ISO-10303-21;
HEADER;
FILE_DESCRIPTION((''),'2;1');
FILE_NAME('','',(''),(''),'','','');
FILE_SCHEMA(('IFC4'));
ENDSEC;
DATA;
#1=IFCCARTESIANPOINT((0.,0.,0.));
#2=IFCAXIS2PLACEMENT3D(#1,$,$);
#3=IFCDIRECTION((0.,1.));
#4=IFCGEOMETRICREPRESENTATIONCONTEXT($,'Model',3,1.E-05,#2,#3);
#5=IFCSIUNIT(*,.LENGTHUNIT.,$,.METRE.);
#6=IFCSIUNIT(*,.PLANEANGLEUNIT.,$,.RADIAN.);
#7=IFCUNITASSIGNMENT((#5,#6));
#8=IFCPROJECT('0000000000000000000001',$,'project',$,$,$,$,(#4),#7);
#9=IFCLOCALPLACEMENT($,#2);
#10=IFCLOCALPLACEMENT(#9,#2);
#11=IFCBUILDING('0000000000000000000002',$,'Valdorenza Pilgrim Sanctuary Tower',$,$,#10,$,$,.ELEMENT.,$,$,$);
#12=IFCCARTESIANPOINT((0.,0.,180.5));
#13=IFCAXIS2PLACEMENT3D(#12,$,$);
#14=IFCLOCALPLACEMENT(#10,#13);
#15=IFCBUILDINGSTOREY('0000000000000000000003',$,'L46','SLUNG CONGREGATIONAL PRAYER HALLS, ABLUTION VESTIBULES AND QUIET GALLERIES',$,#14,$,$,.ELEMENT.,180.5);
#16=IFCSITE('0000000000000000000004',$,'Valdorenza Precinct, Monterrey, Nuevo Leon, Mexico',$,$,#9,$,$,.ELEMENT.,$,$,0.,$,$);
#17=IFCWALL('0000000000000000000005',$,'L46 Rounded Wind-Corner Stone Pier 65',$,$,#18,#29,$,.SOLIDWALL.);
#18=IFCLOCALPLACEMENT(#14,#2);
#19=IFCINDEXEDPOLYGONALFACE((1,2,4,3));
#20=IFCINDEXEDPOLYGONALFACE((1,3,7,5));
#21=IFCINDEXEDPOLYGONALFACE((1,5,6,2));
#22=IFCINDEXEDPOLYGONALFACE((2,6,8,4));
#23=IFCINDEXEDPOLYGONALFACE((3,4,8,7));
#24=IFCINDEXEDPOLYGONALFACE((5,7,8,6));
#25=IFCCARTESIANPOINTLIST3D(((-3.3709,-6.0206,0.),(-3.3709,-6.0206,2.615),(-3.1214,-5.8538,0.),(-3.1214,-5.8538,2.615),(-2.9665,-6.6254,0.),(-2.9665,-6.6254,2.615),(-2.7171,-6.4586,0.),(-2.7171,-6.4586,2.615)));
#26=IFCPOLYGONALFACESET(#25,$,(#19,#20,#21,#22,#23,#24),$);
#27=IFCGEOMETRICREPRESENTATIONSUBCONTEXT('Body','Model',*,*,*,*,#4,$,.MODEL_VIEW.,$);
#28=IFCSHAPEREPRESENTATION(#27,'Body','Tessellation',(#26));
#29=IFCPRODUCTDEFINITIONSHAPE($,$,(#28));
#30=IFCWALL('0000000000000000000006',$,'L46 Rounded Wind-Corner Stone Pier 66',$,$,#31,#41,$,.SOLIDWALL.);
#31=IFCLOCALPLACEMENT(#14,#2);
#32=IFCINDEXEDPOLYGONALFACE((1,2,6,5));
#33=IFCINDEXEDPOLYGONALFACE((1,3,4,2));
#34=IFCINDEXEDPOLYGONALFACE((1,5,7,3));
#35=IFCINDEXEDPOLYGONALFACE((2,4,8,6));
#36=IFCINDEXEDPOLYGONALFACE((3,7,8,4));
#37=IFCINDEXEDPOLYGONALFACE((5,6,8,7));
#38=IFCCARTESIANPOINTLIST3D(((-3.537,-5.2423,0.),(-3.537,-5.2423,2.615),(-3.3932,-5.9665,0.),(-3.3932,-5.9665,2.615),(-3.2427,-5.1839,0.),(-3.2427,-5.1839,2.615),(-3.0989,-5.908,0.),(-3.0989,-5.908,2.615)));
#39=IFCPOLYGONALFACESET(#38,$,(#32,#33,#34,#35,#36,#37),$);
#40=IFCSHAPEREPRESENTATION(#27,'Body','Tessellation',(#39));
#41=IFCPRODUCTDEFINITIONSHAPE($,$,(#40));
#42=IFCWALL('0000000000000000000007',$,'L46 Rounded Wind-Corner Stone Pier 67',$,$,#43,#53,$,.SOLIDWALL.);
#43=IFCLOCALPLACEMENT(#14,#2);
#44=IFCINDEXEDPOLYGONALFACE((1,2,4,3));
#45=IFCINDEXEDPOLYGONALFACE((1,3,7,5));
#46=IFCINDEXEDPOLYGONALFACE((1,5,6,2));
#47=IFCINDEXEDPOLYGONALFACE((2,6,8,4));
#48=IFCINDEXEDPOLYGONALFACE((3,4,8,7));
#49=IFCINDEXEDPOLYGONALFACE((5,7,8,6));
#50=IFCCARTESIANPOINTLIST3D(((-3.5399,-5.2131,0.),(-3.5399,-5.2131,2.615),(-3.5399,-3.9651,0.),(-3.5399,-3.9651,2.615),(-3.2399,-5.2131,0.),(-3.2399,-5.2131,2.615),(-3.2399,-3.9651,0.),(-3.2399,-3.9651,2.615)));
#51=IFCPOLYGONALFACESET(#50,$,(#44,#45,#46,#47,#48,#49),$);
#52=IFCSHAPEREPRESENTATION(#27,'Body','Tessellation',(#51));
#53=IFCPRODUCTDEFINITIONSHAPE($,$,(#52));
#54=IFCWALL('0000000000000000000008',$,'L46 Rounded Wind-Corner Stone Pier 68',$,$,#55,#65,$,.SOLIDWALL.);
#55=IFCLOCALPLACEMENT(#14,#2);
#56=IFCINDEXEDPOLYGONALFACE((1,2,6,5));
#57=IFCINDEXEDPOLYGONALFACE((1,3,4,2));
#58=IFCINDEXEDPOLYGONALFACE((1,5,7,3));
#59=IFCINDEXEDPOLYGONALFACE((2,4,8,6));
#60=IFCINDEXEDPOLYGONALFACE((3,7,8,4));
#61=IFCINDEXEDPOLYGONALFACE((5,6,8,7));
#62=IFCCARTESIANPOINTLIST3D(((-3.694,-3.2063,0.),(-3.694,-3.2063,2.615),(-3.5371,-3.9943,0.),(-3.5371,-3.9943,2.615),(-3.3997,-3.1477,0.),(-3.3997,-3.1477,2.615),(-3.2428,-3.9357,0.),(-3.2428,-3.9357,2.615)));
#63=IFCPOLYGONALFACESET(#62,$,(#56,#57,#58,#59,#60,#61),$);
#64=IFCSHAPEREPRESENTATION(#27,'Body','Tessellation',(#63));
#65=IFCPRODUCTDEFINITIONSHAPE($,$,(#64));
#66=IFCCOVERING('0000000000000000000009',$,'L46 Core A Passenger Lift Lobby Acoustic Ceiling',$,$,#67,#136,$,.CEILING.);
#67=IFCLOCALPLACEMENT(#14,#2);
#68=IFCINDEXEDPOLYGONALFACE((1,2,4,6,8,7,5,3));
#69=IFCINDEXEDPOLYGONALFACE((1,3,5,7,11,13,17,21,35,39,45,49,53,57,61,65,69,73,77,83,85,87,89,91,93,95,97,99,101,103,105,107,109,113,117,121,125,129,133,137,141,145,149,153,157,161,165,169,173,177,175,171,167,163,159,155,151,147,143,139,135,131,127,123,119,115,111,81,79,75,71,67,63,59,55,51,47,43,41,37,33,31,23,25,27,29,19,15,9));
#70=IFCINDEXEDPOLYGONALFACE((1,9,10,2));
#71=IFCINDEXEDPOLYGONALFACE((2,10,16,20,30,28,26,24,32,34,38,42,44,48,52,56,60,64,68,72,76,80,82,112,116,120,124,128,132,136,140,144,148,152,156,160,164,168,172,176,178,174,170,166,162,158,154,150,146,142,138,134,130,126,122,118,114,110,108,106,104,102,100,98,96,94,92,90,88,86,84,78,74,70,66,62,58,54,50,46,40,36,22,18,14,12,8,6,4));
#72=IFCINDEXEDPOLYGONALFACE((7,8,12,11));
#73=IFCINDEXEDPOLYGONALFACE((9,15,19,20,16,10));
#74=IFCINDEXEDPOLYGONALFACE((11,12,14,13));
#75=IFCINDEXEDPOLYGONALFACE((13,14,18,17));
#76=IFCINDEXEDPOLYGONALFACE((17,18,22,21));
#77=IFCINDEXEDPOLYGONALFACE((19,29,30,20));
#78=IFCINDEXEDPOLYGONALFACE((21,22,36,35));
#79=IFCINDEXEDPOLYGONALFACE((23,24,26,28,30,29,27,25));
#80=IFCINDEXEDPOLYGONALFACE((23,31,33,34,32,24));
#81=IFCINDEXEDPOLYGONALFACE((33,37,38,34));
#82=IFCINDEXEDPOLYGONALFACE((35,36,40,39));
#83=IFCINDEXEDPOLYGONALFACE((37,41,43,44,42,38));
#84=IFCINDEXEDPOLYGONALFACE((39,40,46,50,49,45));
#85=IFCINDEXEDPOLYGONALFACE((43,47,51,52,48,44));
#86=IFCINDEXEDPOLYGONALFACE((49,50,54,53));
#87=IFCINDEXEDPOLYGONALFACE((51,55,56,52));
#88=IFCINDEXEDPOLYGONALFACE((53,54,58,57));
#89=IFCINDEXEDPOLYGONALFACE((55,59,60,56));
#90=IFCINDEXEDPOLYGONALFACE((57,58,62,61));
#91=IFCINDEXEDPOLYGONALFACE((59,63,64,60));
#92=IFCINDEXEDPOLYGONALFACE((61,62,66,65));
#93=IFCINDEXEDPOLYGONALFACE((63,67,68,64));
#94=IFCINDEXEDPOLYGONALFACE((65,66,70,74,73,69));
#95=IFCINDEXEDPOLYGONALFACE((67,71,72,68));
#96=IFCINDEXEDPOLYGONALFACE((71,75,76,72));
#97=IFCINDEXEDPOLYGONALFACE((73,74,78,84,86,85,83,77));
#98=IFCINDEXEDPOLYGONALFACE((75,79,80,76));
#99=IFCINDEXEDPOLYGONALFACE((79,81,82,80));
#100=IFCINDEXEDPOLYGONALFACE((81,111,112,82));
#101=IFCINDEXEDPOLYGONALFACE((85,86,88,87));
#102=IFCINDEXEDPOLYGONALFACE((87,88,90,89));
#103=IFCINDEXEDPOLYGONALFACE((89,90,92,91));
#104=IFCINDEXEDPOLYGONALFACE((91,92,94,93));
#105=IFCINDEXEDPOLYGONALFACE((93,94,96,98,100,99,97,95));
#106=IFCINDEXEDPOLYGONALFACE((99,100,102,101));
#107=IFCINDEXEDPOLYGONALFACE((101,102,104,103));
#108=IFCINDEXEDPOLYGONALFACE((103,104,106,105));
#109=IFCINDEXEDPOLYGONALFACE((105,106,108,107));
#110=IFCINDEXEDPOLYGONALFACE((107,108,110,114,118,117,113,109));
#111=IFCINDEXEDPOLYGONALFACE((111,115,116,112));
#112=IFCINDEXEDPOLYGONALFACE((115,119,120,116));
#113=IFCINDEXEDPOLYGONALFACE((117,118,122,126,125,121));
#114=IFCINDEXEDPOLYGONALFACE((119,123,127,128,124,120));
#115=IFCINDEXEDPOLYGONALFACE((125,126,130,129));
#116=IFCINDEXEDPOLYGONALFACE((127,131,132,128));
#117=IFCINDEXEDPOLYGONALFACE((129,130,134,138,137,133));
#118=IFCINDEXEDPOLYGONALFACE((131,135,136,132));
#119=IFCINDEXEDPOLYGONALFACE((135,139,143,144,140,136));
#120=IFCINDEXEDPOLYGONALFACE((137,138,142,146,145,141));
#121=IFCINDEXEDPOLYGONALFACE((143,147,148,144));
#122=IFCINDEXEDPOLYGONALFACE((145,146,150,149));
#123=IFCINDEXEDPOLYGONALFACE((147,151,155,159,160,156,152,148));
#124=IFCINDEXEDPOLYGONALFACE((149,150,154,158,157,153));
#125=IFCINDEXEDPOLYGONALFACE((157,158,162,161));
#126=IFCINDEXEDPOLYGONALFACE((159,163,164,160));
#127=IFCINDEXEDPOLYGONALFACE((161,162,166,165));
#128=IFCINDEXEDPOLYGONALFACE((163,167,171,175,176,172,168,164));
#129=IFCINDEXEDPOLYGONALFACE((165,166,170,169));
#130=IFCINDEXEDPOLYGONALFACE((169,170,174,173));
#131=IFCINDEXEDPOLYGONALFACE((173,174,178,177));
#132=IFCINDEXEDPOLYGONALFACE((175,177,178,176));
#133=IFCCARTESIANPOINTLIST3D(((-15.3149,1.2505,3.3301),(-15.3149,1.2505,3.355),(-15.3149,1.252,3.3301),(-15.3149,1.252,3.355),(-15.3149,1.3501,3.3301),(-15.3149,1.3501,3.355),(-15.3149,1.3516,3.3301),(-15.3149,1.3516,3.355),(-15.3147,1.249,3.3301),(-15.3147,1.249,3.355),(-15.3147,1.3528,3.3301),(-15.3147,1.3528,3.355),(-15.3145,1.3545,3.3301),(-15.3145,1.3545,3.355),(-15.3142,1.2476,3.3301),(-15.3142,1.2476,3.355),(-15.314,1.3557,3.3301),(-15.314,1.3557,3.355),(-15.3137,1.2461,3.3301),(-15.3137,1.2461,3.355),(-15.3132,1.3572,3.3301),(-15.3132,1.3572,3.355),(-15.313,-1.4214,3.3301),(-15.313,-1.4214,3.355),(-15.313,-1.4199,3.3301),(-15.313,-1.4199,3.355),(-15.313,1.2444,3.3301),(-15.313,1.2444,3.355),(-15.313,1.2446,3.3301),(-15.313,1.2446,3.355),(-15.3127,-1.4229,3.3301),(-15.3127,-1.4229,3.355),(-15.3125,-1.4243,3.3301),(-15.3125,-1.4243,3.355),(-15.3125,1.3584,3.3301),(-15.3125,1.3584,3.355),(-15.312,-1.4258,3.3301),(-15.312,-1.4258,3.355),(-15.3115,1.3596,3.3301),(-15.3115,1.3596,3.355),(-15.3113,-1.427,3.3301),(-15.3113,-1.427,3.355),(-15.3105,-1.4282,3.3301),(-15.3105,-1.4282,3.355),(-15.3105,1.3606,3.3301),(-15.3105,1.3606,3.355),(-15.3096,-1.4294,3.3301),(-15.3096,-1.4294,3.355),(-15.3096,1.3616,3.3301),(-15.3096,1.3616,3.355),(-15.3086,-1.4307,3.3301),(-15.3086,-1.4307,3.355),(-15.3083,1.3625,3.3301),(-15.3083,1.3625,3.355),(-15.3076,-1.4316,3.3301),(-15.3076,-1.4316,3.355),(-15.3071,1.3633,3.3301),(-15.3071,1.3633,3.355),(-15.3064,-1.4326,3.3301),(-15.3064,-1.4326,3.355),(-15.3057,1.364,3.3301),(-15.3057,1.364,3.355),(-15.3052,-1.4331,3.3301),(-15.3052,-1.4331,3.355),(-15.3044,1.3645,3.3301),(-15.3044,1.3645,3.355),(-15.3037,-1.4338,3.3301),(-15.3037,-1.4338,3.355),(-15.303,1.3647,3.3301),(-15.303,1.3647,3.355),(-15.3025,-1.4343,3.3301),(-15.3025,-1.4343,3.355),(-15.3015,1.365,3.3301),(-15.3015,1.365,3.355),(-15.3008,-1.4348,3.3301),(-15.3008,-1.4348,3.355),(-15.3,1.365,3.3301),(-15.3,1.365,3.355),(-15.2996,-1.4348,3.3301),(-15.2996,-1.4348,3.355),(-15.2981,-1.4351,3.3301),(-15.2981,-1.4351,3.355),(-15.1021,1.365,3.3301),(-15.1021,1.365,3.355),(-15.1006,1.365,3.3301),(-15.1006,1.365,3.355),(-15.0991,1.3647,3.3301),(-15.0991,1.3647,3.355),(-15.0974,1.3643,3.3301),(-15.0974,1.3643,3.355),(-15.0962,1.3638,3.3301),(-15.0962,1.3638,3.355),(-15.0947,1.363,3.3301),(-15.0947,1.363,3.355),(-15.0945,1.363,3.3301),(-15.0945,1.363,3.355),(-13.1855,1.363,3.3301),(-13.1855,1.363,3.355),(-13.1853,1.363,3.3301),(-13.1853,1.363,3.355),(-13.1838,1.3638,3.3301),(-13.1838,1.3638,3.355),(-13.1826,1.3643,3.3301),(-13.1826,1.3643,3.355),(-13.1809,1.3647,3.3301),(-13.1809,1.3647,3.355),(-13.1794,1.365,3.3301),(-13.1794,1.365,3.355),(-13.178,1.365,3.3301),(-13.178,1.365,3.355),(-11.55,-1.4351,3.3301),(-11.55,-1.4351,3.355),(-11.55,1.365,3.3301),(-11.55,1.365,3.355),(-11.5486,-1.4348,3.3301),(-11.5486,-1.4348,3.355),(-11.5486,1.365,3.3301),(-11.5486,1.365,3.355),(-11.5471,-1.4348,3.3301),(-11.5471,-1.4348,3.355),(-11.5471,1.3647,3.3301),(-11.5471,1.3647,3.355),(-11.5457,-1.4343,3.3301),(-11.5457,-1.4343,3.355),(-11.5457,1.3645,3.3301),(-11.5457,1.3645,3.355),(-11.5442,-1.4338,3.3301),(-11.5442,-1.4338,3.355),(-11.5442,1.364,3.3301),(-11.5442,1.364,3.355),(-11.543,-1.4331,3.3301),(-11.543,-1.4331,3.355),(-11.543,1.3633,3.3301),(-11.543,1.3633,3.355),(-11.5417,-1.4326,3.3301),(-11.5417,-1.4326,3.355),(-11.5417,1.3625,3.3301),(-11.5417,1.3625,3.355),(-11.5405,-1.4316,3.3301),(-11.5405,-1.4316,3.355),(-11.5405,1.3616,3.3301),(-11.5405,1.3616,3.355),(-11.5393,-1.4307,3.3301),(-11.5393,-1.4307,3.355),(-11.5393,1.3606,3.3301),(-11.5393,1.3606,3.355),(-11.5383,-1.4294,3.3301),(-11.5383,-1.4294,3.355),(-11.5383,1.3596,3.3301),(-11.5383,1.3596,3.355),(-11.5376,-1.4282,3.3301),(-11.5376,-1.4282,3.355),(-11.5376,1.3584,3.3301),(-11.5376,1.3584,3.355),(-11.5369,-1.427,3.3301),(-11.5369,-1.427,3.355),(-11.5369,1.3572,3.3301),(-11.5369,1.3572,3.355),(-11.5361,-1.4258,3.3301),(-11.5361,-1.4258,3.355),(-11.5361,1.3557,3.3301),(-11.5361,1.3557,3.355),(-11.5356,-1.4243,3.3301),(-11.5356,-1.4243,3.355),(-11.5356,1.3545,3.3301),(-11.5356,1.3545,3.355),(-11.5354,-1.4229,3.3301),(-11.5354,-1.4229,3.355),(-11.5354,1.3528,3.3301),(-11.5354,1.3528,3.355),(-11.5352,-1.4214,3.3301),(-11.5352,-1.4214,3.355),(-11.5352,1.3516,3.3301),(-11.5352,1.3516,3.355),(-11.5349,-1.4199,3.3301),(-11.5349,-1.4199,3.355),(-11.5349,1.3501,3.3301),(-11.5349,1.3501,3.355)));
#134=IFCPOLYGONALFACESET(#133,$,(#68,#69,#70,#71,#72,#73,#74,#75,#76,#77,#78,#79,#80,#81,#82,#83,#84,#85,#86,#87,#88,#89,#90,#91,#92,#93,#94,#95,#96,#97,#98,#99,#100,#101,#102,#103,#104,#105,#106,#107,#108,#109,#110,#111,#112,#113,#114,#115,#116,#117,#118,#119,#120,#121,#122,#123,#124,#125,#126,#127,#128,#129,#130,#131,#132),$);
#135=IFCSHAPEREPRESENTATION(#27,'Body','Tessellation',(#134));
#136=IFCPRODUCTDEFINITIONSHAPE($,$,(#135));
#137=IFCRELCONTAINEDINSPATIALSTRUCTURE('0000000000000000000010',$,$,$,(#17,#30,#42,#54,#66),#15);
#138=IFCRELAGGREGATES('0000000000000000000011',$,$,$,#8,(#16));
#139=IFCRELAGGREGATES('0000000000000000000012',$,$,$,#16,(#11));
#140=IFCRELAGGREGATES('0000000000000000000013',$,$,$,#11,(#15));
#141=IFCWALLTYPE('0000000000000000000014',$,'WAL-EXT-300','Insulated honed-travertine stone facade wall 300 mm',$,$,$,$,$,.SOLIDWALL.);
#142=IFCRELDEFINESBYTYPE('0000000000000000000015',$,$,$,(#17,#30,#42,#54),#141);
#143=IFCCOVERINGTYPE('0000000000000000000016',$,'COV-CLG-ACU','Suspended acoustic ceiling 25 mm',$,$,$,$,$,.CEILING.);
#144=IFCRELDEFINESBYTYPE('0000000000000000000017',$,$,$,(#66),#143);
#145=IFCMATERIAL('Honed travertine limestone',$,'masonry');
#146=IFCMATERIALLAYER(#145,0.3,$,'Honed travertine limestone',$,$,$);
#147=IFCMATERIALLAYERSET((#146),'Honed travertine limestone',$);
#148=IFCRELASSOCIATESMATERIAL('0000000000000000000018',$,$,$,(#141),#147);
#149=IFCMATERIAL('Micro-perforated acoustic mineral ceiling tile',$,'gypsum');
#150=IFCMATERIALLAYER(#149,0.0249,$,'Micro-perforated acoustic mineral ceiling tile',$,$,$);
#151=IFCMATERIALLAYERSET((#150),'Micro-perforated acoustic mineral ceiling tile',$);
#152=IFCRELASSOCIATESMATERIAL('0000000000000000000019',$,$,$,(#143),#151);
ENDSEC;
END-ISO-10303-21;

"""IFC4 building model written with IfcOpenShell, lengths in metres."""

from ifc_helpers import new_model, si_unit, direction, frame, frame_2d, origin, place, context, subcontext, project, spatial, polyline, rectangle, outline, extrude, material, layer, layer_set, type_object, element, save


model = new_model("IFC4")

# Units and contexts
model_context = context("Model", 3, precision=1e-05, world=origin(), true_north=direction((0.0, 1.0)))
body_context = subcontext(model_context, "Body", "Model", "MODEL_VIEW")
ifc_project = project(units=[si_unit("LENGTHUNIT", "METRE"), si_unit("PLANEANGLEUNIT", "RADIAN")], contexts=[model_context])

# Site, building, storey
site_placement = place(None, origin())
site = spatial("IfcSite", under=ifc_project, at=site_placement, Name="Valdorenza Precinct, Monterrey, Nuevo Leon, Mexico", CompositionType="ELEMENT", RefElevation=0.0)
building_placement = place(site_placement, origin())
building = spatial("IfcBuilding", under=site, at=building_placement, Name="Valdorenza Pilgrim Sanctuary Tower", CompositionType="ELEMENT")
storey_placement = place(building_placement, frame((0.0, 0.0, 180.5)))
storey = spatial("IfcBuildingStorey", under=building, at=storey_placement, Name="L46", Description="SLUNG CONGREGATIONAL PRAYER HALLS, ABLUTION VESTIBULES AND QUIET GALLERIES", CompositionType="ELEMENT", Elevation=180.5)

# Walls
ifc_material_1 = material(Name="Honed travertine limestone", Category="masonry")
ifc_layer_1 = layer(ifc_material_1, 0.3, Name="Honed travertine limestone")
ifc_layer_set_1 = layer_set([ifc_layer_1], Name="Honed travertine limestone")
wall_type = type_object("IfcWallType", Name="WAL-EXT-300", Description="Insulated honed-travertine stone facade wall 300 mm", PredefinedType="SOLIDWALL", material=ifc_layer_set_1)
wall_1_placement = place(storey_placement, frame((-2.8418, -6.542, 0.0), z_axis=(0.0, 0.0, 1.0), x_axis=(-0.555784, 0.831327, 0.0)))
element("IfcWall", 1, at=wall_1_placement, inside=storey, type_object=wall_type, Name="L46 Rounded Wind-Corner Stone Pier 65", PredefinedType="SOLIDWALL", context=body_context, shape_type="SweptSolid", body=[
    extrude(rectangle(XDim=0.7275, YDim=0.3, at=frame_2d((0.3638, 0.0))), origin(), (0.0, 0.0, 1.0), 2.615),
])
wall_2_placement = place(storey_placement, frame((-3.2461, -5.9373, 0.0), z_axis=(0.0, 0.0, 1.0), x_axis=(-0.19478, 0.980847, 0.0)))
element("IfcWall", 2, at=wall_2_placement, inside=storey, type_object=wall_type, Name="L46 Rounded Wind-Corner Stone Pier 66", PredefinedType="SOLIDWALL", context=body_context, shape_type="SweptSolid", body=[
    extrude(rectangle(XDim=0.7383, YDim=0.3, at=frame_2d((0.3691, 0.0))), origin(), (0.0, 0.0, 1.0), 2.615),
])
wall_3_placement = place(storey_placement, frame((-3.3899, -5.2131, 0.0), z_axis=(0.0, 0.0, 1.0), x_axis=(0.0, 1.0, 0.0)))
element("IfcWall", 3, at=wall_3_placement, inside=storey, type_object=wall_type, Name="L46 Rounded Wind-Corner Stone Pier 67", PredefinedType="SOLIDWALL", context=body_context, shape_type="SweptSolid", body=[
    extrude(rectangle(XDim=1.248, YDim=0.3, at=frame_2d((0.624, 0.0))), origin(), (0.0, 0.0, 1.0), 2.615),
])
wall_4_placement = place(storey_placement, frame((-3.3899, -3.9651, 0.0), z_axis=(0.0, 0.0, 1.0), x_axis=(-0.195357, 0.980732, 0.0)))
element("IfcWall", 4, at=wall_4_placement, inside=storey, type_object=wall_type, Name="L46 Rounded Wind-Corner Stone Pier 68", PredefinedType="SOLIDWALL", context=body_context, shape_type="SweptSolid", body=[
    extrude(rectangle(XDim=0.8035, YDim=0.3, at=frame_2d((0.4019, 0.0))), origin(), (0.0, 0.0, 1.0), 2.615),
])

# Covering
ifc_material_2 = material(Name="Micro-perforated acoustic mineral ceiling tile", Category="gypsum")
ifc_layer_2 = layer(ifc_material_2, 0.0249, Name="Micro-perforated acoustic mineral ceiling tile")
ifc_layer_set_2 = layer_set([ifc_layer_2], Name="Micro-perforated acoustic mineral ceiling tile")
covering_type_1 = type_object("IfcCoveringType", Name="COV-CLG-ACU", Description="Suspended acoustic ceiling 25 mm", PredefinedType="CEILING", material=ifc_layer_set_2)
covering_1_placement = place(storey_placement, frame((0.0, 0.0, 3.3301)))
element("IfcCovering", 5, at=covering_1_placement, inside=storey, type_object=covering_type_1, Name="L46 Core A Passenger Lift Lobby Acoustic Ceiling", PredefinedType="CEILING", context=body_context, shape_type="SweptSolid", body=[
    extrude(outline(polyline([(-15.313, 1.2444), (-15.313, 1.2446), (-15.3137, 1.2461), (-15.3142, 1.2476), (-15.3147, 1.249), (-15.3149, 1.2505), (-15.3149, 1.252), (-15.3149, 1.3501), (-15.3149, 1.3516), (-15.3147, 1.3528), (-15.3145, 1.3545), (-15.314, 1.3557), (-15.3132, 1.3572), (-15.3125, 1.3584), (-15.3115, 1.3596), (-15.3105, 1.3606), (-15.3096, 1.3616), (-15.3083, 1.3625), (-15.3071, 1.3633), (-15.3057, 1.364), (-15.3044, 1.3645), (-15.303, 1.3647), (-15.3015, 1.365), (-15.3, 1.365), (-15.1021, 1.365), (-15.1006, 1.365), (-15.0991, 1.3647), (-15.0974, 1.3643), (-15.0962, 1.3638), (-15.0947, 1.363), (-15.0945, 1.363), (-13.1855, 1.363), (-13.1853, 1.363), (-13.1838, 1.3638), (-13.1826, 1.3643), (-13.1809, 1.3647), (-13.1794, 1.365), (-13.178, 1.365), (-11.55, 1.365), (-11.5486, 1.365), (-11.5471, 1.3647), (-11.5457, 1.3645), (-11.5442, 1.364), (-11.543, 1.3633), (-11.5417, 1.3625), (-11.5405, 1.3616), (-11.5393, 1.3606), (-11.5383, 1.3596), (-11.5376, 1.3584), (-11.5369, 1.3572), (-11.5361, 1.3557), (-11.5356, 1.3545), (-11.5354, 1.3528), (-11.5352, 1.3516), (-11.5349, 1.3501), (-11.5349, -1.4199), (-11.5352, -1.4214), (-11.5354, -1.4229), (-11.5356, -1.4243), (-11.5361, -1.4258), (-11.5369, -1.427), (-11.5376, -1.4282), (-11.5383, -1.4294), (-11.5393, -1.4307), (-11.5405, -1.4316), (-11.5417, -1.4326), (-11.543, -1.4331), (-11.5442, -1.4338), (-11.5457, -1.4343), (-11.5471, -1.4348), (-11.5486, -1.4348), (-11.55, -1.4351), (-15.2981, -1.4351), (-15.2996, -1.4348), (-15.3008, -1.4348), (-15.3025, -1.4343), (-15.3037, -1.4338), (-15.3052, -1.4331), (-15.3064, -1.4326), (-15.3076, -1.4316), (-15.3086, -1.4307), (-15.3096, -1.4294), (-15.3105, -1.4282), (-15.3113, -1.427), (-15.312, -1.4258), (-15.3125, -1.4243), (-15.3127, -1.4229), (-15.313, -1.4214), (-15.313, -1.4199), (-15.313, 1.2444)])), origin(), (0.0, 0.0, 1.0), 0.0249),
])

save(model, "model.ifc")
